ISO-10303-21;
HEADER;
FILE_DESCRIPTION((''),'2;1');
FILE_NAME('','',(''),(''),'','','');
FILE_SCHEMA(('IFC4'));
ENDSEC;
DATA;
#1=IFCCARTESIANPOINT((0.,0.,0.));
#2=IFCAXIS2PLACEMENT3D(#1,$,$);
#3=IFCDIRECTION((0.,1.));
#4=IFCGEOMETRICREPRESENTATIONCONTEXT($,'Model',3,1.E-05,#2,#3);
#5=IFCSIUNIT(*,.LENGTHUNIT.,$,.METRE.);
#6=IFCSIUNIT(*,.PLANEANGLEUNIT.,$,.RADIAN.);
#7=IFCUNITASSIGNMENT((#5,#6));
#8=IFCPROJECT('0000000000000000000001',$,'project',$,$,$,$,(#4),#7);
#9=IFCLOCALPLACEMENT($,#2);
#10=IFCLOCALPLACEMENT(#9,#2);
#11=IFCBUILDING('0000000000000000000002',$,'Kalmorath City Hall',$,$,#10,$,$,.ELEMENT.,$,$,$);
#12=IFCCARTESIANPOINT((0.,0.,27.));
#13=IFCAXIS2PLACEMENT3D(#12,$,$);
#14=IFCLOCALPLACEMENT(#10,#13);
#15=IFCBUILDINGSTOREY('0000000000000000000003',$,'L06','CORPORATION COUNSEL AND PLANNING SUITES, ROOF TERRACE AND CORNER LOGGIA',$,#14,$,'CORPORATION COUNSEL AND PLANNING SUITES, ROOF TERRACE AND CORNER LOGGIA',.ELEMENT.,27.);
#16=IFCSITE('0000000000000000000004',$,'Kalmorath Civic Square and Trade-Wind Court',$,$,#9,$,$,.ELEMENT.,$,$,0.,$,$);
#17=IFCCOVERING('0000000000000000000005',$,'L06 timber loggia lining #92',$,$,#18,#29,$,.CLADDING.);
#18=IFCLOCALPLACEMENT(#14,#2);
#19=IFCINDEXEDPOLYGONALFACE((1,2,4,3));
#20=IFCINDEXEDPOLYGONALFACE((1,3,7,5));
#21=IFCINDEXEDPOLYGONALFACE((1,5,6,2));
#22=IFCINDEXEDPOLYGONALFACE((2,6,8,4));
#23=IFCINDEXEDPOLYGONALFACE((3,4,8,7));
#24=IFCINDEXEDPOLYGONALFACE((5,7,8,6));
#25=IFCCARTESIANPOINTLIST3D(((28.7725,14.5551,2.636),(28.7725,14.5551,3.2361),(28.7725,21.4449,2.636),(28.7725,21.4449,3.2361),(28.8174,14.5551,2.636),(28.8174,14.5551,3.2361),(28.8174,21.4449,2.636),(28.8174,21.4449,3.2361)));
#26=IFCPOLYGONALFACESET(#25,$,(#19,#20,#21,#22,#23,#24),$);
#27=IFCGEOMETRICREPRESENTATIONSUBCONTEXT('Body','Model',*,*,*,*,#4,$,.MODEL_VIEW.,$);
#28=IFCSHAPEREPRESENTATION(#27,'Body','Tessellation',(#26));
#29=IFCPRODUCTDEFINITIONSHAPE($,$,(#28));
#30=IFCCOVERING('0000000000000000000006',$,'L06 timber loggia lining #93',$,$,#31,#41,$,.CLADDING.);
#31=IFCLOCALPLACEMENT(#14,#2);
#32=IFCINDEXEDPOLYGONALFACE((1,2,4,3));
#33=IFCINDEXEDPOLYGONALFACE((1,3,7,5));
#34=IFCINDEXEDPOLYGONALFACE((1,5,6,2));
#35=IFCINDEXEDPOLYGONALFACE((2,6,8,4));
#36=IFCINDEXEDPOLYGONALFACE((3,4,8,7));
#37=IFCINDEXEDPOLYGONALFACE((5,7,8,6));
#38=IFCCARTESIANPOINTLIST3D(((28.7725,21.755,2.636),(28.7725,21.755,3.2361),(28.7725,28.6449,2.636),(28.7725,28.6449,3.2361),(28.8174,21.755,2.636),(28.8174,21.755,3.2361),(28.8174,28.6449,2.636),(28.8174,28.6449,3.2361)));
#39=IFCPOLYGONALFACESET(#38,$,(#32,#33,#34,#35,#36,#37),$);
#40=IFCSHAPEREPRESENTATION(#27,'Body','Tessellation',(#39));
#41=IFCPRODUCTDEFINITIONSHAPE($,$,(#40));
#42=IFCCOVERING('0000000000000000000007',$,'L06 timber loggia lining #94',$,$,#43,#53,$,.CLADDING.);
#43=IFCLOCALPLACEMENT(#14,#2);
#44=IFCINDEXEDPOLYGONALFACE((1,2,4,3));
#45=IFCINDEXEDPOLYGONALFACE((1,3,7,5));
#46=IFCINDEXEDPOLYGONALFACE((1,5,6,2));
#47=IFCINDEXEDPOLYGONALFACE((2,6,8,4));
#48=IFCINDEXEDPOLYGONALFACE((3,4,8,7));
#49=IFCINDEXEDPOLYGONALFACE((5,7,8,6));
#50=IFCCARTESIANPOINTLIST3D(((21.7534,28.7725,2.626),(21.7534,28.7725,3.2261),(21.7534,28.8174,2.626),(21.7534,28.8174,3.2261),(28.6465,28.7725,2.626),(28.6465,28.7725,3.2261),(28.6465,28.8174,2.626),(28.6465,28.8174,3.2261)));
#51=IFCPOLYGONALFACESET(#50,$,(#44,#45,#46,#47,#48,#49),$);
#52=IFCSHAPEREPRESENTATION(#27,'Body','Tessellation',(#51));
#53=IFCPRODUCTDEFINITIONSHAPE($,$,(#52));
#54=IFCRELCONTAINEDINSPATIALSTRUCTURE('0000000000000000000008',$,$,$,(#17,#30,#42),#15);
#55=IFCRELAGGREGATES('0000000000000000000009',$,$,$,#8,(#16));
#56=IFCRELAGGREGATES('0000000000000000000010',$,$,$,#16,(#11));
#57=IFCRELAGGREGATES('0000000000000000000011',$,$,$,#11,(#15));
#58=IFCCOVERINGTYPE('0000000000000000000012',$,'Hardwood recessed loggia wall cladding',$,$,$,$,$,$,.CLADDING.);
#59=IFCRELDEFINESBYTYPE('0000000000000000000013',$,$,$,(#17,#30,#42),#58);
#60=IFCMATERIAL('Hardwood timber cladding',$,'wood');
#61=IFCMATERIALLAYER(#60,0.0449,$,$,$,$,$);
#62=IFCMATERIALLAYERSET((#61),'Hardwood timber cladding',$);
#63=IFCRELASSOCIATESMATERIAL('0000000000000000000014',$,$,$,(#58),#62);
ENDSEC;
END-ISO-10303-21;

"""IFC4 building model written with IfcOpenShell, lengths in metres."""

from ifc_helpers import new_model, si_unit, direction, frame, origin, origin_2d, place, context, subcontext, project, spatial, rectangle, extrude, material, layer, layer_set, type_object, element, save


model = new_model("IFC4")

# Units and contexts
model_context = context("Model", 3, precision=1e-05, world=origin(), true_north=direction((0.0, 1.0)))
body_context = subcontext(model_context, "Body", "Model", "MODEL_VIEW")
ifc_project = project(units=[si_unit("LENGTHUNIT", "METRE"), si_unit("PLANEANGLEUNIT", "RADIAN")], contexts=[model_context])

# Site, building, storey
site_placement = place(None, origin())
site = spatial("IfcSite", under=ifc_project, at=site_placement, Name="Kalmorath Civic Square and Trade-Wind Court", CompositionType="ELEMENT", RefElevation=0.0)
building_placement = place(site_placement, origin())
building = spatial("IfcBuilding", under=site, at=building_placement, Name="Kalmorath City Hall", CompositionType="ELEMENT")
storey_placement = place(building_placement, frame((0.0, 0.0, 27.0)))
storey = spatial("IfcBuildingStorey", under=building, at=storey_placement, Name="L06", Description="CORPORATION COUNSEL AND PLANNING SUITES, ROOF TERRACE AND CORNER LOGGIA", LongName="CORPORATION COUNSEL AND PLANNING SUITES, ROOF TERRACE AND CORNER LOGGIA", CompositionType="ELEMENT", Elevation=27.0)

# Coverings
ifc_material_1 = material(Name="Hardwood timber cladding", Category="wood")
ifc_layer_1 = layer(ifc_material_1, 0.0449)
ifc_layer_set_1 = layer_set([ifc_layer_1], Name="Hardwood timber cladding")
covering_type = type_object("IfcCoveringType", Name="Hardwood recessed loggia wall cladding", PredefinedType="CLADDING", material=ifc_layer_set_1)
for number, where, z_axis, x_axis, name in (
    (1, (28.7949, 18.0, 2.636), (0.0, 0.0, 1.0), (0.0, 1.0, 0.0), "L06 timber loggia lining #92"),
    (2, (28.7949, 25.2, 2.636), (0.0, 0.0, 1.0), (0.0, 1.0, 0.0), "L06 timber loggia lining #93"),
):
    element("IfcCovering", number, at=place(storey_placement, frame(where, z_axis=z_axis, x_axis=x_axis)), inside=storey, type_object=covering_type, Name=name, PredefinedType="CLADDING", context=body_context, shape_type="SweptSolid", body=[
        extrude(rectangle(XDim=6.8899, YDim=0.0449, at=origin_2d()), origin(), (0.0, 0.0, 1.0), 0.6001),
    ])
covering_placement = place(storey_placement, frame((25.2, 28.7949, 2.626), z_axis=(0.0, 0.0, 1.0), x_axis=(-1.0, 0.0, 0.0)))
element("IfcCovering", 3, at=covering_placement, inside=storey, type_object=covering_type, Name="L06 timber loggia lining #94", PredefinedType="CLADDING", context=body_context, shape_type="SweptSolid", body=[
    extrude(rectangle(XDim=6.8931, YDim=0.0449, at=origin_2d()), origin(), (0.0, 0.0, 1.0), 0.6001),
])

save(model, "model.ifc")
